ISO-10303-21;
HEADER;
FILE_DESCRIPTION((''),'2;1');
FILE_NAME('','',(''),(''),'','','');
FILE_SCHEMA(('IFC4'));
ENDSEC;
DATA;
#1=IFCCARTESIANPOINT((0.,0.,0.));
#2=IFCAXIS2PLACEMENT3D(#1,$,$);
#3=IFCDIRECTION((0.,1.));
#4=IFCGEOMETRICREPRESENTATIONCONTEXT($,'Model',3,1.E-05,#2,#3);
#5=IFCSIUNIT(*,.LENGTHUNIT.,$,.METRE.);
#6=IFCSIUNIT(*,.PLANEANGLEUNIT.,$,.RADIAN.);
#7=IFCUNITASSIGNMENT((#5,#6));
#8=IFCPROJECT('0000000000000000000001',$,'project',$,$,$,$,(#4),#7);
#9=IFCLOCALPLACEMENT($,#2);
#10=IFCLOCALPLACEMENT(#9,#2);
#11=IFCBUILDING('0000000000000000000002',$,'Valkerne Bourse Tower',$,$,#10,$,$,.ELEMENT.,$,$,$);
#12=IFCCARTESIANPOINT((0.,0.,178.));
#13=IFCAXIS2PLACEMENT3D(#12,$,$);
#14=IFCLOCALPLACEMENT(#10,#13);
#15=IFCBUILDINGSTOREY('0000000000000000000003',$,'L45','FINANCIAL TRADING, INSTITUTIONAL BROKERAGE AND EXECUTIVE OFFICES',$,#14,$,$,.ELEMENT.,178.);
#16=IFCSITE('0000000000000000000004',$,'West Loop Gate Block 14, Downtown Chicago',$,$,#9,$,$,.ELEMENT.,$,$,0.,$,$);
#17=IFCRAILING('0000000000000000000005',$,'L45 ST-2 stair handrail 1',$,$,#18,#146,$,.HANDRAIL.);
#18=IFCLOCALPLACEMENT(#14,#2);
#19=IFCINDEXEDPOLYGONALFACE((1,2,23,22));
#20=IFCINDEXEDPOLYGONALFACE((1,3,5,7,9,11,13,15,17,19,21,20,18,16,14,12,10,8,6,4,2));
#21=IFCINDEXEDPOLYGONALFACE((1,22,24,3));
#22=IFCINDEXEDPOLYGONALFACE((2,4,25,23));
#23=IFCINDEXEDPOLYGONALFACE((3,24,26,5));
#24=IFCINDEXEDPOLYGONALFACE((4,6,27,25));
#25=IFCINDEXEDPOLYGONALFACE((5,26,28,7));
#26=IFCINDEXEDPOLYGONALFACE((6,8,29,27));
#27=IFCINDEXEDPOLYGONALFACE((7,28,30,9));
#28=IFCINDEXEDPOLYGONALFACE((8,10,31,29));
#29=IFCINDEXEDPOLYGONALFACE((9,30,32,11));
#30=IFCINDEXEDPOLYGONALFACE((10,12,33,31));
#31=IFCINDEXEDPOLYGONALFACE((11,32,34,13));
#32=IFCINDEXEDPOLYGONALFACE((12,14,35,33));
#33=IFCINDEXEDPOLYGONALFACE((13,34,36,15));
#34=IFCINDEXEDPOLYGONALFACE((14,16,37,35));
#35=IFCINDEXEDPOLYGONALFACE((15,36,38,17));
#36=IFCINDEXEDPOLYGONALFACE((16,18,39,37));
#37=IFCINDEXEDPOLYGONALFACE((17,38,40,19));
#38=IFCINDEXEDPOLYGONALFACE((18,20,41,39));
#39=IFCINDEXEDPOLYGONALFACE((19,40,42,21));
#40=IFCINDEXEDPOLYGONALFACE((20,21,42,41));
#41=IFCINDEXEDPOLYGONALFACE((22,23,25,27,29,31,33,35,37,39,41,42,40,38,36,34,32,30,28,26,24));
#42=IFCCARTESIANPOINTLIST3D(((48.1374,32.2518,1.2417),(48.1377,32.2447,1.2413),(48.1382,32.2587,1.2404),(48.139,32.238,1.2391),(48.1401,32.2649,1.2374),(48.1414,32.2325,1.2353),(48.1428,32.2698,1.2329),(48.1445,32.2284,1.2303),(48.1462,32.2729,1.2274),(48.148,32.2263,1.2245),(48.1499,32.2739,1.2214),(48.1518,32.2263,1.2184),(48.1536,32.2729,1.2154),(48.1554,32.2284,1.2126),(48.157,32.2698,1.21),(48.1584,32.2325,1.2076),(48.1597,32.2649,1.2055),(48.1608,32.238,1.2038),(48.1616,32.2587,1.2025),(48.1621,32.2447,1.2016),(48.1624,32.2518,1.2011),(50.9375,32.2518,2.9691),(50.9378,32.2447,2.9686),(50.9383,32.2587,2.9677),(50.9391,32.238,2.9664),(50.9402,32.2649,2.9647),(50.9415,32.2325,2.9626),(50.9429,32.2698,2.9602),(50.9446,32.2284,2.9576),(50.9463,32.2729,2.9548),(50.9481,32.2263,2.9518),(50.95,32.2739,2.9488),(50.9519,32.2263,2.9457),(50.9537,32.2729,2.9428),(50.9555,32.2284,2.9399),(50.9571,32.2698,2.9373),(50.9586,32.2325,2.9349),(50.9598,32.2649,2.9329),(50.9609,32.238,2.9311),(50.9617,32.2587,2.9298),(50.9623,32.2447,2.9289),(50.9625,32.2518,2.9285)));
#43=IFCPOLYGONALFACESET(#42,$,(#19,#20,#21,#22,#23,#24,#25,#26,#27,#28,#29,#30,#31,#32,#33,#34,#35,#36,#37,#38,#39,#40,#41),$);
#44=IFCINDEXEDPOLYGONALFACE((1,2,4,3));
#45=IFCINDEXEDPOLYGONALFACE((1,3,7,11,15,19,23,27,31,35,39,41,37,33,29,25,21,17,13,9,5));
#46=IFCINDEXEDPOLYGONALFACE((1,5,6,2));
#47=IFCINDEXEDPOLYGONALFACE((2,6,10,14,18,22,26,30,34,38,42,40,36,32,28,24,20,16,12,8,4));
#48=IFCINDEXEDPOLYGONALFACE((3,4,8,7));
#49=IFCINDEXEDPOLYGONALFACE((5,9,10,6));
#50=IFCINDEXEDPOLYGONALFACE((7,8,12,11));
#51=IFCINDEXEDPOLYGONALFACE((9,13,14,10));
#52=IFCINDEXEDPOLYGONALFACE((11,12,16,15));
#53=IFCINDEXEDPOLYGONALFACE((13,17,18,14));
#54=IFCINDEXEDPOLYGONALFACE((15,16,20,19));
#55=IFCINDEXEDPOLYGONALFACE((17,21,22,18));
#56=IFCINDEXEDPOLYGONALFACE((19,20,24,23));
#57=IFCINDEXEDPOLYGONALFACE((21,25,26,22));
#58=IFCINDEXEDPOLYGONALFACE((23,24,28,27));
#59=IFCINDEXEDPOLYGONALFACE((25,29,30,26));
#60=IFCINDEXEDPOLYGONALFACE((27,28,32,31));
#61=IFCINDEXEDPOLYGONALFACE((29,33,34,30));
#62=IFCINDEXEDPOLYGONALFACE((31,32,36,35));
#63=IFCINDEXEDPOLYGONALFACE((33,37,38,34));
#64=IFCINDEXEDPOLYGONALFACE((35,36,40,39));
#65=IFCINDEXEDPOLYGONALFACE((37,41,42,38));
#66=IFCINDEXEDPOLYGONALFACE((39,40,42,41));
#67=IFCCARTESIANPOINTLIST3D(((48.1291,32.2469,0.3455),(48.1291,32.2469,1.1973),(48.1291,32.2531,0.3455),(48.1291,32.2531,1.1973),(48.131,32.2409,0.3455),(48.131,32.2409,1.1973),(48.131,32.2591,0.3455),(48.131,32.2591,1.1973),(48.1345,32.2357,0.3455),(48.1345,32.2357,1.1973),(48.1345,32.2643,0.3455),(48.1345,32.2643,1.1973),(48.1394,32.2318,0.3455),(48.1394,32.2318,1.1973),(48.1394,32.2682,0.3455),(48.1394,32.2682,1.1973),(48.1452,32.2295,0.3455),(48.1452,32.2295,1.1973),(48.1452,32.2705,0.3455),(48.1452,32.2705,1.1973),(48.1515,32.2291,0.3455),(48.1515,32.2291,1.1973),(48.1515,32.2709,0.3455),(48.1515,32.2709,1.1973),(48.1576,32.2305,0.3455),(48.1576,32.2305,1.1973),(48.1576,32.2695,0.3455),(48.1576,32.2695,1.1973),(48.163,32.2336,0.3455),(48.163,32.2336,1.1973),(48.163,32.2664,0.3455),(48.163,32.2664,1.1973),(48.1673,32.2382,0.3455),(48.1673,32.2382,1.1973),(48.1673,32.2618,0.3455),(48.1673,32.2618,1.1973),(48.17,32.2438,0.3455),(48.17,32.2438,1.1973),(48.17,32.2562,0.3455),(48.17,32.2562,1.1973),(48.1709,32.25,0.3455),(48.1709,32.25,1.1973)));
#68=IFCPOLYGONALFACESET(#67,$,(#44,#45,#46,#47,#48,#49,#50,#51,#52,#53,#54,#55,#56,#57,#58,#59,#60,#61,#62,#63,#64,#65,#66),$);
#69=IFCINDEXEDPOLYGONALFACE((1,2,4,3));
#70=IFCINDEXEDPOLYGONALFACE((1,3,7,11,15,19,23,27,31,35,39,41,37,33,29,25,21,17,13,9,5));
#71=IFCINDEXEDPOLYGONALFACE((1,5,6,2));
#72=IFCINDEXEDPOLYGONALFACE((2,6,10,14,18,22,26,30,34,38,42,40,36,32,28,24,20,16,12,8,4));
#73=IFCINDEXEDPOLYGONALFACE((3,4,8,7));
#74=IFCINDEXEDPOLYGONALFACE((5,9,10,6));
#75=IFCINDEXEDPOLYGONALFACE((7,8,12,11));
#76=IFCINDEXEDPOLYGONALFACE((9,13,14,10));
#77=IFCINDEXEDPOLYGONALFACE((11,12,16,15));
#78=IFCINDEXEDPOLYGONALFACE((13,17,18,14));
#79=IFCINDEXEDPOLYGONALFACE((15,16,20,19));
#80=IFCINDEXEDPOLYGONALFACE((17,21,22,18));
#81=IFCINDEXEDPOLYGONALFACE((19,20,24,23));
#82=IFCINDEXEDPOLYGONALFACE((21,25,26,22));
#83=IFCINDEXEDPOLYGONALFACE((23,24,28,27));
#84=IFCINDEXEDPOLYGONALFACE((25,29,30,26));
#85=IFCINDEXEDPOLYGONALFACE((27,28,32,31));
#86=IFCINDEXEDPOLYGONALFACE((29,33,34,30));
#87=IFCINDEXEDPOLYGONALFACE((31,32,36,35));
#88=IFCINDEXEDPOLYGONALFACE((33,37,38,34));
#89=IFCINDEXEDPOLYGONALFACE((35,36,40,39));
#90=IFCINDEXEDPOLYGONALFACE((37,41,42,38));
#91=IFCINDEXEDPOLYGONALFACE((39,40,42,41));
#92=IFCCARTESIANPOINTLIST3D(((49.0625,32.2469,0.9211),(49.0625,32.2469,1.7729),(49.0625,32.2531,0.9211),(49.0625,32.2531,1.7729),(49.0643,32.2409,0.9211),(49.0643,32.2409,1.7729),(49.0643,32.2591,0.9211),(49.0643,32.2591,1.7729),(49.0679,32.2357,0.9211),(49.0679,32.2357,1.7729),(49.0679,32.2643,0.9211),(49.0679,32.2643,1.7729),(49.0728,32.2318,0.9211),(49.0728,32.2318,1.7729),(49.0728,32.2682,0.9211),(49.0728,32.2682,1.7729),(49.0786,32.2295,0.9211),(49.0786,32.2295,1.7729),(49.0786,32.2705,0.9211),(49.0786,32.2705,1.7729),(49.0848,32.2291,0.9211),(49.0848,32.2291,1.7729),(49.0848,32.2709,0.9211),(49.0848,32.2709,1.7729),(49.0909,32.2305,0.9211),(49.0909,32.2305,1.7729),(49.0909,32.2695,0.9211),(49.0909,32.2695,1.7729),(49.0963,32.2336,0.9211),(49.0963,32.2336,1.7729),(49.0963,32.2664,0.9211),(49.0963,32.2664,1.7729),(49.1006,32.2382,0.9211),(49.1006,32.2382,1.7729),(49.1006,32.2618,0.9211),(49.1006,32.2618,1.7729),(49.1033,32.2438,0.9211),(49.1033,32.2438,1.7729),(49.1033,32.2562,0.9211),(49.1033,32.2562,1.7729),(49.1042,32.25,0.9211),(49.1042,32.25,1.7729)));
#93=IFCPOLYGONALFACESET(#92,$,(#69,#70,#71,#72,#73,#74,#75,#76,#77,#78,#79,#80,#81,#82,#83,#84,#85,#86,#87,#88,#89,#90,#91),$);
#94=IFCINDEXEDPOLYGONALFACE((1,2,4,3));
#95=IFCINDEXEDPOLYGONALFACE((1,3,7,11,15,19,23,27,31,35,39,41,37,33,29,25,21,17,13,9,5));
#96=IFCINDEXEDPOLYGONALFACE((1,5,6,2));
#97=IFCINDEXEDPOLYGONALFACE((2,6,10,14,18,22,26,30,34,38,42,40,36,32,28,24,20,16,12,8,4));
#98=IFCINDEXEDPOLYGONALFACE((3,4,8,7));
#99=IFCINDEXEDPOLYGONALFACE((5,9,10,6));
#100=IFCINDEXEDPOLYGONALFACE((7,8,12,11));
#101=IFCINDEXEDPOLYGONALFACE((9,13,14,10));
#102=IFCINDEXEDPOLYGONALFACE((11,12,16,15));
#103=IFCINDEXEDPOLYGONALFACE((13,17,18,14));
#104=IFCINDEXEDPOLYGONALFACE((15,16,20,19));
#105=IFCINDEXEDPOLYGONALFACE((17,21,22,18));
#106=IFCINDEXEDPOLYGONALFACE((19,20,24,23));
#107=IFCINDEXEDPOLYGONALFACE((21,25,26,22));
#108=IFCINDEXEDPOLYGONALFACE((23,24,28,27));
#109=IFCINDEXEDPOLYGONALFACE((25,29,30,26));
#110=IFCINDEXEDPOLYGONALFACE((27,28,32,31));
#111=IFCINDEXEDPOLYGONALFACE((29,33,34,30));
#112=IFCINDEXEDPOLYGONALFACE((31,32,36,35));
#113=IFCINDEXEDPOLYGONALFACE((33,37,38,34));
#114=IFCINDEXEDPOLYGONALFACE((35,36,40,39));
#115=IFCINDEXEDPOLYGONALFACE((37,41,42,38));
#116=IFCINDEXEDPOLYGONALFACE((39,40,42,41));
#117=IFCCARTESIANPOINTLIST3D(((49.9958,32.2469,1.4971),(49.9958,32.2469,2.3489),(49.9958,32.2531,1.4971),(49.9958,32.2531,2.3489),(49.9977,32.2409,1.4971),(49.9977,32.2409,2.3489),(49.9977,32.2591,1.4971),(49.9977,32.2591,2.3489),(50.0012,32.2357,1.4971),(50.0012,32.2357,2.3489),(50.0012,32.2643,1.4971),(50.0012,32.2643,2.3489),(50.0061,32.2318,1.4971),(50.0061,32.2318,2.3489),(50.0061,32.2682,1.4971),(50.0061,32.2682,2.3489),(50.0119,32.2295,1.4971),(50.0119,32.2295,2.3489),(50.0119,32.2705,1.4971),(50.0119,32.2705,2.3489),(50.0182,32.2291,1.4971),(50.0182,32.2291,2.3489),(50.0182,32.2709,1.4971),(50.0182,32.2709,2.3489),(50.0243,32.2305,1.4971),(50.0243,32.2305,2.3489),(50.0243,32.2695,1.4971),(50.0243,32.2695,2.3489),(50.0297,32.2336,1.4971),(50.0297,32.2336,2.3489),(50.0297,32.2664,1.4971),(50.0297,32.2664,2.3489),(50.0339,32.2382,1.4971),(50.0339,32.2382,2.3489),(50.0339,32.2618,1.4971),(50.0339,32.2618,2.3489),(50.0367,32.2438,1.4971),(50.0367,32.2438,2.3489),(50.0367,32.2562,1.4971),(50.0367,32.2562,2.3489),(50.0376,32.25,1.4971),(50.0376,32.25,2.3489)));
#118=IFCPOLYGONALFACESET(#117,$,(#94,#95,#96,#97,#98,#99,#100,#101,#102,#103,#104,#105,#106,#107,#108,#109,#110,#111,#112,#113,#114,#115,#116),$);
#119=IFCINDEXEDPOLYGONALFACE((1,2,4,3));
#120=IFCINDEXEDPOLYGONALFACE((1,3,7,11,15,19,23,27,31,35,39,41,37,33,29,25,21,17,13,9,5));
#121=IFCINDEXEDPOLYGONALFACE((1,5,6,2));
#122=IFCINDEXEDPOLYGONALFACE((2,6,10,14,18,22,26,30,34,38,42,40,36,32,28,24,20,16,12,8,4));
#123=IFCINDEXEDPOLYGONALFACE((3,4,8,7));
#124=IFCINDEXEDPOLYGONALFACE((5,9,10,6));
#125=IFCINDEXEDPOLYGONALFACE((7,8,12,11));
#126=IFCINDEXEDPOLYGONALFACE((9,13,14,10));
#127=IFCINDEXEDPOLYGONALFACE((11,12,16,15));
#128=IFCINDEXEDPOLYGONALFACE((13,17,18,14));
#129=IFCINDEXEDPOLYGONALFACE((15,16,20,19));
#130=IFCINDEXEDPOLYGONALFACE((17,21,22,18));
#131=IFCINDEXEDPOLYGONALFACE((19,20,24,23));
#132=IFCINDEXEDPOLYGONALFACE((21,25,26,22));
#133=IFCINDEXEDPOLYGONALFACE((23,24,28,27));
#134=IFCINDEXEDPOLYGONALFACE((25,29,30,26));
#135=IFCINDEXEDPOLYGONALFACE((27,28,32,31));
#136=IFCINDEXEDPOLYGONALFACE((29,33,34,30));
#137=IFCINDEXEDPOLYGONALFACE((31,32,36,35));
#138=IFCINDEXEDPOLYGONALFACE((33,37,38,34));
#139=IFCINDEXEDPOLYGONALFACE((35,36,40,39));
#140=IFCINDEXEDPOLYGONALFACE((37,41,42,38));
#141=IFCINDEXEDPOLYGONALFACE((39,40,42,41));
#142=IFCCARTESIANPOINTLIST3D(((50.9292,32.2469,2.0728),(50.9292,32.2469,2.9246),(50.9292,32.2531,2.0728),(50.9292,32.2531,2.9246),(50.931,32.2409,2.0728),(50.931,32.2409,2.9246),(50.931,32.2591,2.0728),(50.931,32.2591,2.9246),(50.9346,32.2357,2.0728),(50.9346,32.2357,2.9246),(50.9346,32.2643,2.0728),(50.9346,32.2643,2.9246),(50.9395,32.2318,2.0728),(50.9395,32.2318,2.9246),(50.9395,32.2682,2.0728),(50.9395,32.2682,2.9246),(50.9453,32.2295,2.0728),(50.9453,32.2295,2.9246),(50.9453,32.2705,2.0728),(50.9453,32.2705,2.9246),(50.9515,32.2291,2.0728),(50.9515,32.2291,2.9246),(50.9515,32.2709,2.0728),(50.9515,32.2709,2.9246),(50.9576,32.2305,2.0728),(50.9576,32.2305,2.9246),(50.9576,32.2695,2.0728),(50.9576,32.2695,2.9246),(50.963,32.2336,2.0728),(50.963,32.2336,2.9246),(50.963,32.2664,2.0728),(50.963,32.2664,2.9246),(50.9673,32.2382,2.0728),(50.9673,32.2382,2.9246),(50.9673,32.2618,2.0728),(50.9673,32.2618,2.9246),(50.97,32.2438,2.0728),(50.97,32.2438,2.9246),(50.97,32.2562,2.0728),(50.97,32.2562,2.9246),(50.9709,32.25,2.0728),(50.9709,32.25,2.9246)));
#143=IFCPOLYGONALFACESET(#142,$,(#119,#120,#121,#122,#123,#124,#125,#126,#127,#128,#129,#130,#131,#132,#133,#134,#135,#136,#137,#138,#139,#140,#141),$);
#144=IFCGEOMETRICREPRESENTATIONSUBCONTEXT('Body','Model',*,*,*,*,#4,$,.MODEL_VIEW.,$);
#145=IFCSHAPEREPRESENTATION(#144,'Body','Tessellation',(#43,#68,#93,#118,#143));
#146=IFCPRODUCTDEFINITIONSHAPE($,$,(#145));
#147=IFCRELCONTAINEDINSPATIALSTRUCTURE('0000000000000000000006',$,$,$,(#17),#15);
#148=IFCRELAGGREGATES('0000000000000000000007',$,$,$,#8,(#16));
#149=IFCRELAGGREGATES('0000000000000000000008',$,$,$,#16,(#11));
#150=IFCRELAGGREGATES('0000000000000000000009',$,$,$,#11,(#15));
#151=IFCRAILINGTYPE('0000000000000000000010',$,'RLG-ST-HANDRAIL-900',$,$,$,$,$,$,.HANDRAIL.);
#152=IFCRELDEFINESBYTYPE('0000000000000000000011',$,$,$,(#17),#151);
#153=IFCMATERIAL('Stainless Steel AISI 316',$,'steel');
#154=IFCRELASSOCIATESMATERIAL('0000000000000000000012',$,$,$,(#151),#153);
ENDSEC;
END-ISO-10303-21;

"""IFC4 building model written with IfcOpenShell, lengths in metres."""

from ifc_helpers import new_model, si_unit, direction, frame, origin, origin_2d, place, context, subcontext, project, spatial, circle, extrude, material, type_object, element, save


model = new_model("IFC4")

# Units and contexts
model_context = context("Model", 3, precision=1e-05, world=origin(), true_north=direction((0.0, 1.0)))
body_context = subcontext(model_context, "Body", "Model", "MODEL_VIEW")
ifc_project = project(units=[si_unit("LENGTHUNIT", "METRE"), si_unit("PLANEANGLEUNIT", "RADIAN")], contexts=[model_context])

# Site, building, storey
site_placement = place(None, origin())
site = spatial("IfcSite", under=ifc_project, at=site_placement, Name="West Loop Gate Block 14, Downtown Chicago", CompositionType="ELEMENT", RefElevation=0.0)
building_placement = place(site_placement, origin())
building = spatial("IfcBuilding", under=site, at=building_placement, Name="Valkerne Bourse Tower", CompositionType="ELEMENT")
storey_placement = place(building_placement, frame((0.0, 0.0, 178.0)))
storey = spatial("IfcBuildingStorey", under=building, at=storey_placement, Name="L45", Description="FINANCIAL TRADING, INSTITUTIONAL BROKERAGE AND EXECUTIVE OFFICES", CompositionType="ELEMENT", Elevation=178.0)

# Shared definitions
ifc_material_1 = material(Name="Stainless Steel AISI 316", Category="steel")

# Railing
railing_type_1 = type_object("IfcRailingType", Name="RLG-ST-HANDRAIL-900", PredefinedType="HANDRAIL", material=ifc_material_1)
railing_1_placement = place(storey_placement, frame((48.1499, 32.25, 0.3455)))
element("IfcRailing", 1, at=railing_1_placement, inside=storey, type_object=railing_type_1, Name="L45 ST-2 stair handrail 1", PredefinedType="HANDRAIL", context=body_context, shape_type="SweptSolid", body=[
    extrude(circle(Radius=0.0239, at=origin_2d()), frame((0.0, 0.0, 0.876), z_axis=(0.85109, 0.0, 0.52502), x_axis=(0.0, 1.0, 0.0)), (0.0, 0.0, 1.0), 3.29),
    extrude(circle(Radius=0.021, at=origin_2d()), origin(), (0.0, 0.0, 1.0), 0.8518),
    extrude(circle(Radius=0.021, at=origin_2d()), frame((0.9333, 0.0, 0.5757)), (0.0, 0.0, 1.0), 0.8518),
    extrude(circle(Radius=0.021, at=origin_2d()), frame((1.8667, 0.0, 1.1516)), (0.0, 0.0, 1.0), 0.8518),
    extrude(circle(Radius=0.021, at=origin_2d()), frame((2.8, 0.0, 1.7273)), (0.0, 0.0, 1.0), 0.8518),
])

save(model, "model.ifc")
